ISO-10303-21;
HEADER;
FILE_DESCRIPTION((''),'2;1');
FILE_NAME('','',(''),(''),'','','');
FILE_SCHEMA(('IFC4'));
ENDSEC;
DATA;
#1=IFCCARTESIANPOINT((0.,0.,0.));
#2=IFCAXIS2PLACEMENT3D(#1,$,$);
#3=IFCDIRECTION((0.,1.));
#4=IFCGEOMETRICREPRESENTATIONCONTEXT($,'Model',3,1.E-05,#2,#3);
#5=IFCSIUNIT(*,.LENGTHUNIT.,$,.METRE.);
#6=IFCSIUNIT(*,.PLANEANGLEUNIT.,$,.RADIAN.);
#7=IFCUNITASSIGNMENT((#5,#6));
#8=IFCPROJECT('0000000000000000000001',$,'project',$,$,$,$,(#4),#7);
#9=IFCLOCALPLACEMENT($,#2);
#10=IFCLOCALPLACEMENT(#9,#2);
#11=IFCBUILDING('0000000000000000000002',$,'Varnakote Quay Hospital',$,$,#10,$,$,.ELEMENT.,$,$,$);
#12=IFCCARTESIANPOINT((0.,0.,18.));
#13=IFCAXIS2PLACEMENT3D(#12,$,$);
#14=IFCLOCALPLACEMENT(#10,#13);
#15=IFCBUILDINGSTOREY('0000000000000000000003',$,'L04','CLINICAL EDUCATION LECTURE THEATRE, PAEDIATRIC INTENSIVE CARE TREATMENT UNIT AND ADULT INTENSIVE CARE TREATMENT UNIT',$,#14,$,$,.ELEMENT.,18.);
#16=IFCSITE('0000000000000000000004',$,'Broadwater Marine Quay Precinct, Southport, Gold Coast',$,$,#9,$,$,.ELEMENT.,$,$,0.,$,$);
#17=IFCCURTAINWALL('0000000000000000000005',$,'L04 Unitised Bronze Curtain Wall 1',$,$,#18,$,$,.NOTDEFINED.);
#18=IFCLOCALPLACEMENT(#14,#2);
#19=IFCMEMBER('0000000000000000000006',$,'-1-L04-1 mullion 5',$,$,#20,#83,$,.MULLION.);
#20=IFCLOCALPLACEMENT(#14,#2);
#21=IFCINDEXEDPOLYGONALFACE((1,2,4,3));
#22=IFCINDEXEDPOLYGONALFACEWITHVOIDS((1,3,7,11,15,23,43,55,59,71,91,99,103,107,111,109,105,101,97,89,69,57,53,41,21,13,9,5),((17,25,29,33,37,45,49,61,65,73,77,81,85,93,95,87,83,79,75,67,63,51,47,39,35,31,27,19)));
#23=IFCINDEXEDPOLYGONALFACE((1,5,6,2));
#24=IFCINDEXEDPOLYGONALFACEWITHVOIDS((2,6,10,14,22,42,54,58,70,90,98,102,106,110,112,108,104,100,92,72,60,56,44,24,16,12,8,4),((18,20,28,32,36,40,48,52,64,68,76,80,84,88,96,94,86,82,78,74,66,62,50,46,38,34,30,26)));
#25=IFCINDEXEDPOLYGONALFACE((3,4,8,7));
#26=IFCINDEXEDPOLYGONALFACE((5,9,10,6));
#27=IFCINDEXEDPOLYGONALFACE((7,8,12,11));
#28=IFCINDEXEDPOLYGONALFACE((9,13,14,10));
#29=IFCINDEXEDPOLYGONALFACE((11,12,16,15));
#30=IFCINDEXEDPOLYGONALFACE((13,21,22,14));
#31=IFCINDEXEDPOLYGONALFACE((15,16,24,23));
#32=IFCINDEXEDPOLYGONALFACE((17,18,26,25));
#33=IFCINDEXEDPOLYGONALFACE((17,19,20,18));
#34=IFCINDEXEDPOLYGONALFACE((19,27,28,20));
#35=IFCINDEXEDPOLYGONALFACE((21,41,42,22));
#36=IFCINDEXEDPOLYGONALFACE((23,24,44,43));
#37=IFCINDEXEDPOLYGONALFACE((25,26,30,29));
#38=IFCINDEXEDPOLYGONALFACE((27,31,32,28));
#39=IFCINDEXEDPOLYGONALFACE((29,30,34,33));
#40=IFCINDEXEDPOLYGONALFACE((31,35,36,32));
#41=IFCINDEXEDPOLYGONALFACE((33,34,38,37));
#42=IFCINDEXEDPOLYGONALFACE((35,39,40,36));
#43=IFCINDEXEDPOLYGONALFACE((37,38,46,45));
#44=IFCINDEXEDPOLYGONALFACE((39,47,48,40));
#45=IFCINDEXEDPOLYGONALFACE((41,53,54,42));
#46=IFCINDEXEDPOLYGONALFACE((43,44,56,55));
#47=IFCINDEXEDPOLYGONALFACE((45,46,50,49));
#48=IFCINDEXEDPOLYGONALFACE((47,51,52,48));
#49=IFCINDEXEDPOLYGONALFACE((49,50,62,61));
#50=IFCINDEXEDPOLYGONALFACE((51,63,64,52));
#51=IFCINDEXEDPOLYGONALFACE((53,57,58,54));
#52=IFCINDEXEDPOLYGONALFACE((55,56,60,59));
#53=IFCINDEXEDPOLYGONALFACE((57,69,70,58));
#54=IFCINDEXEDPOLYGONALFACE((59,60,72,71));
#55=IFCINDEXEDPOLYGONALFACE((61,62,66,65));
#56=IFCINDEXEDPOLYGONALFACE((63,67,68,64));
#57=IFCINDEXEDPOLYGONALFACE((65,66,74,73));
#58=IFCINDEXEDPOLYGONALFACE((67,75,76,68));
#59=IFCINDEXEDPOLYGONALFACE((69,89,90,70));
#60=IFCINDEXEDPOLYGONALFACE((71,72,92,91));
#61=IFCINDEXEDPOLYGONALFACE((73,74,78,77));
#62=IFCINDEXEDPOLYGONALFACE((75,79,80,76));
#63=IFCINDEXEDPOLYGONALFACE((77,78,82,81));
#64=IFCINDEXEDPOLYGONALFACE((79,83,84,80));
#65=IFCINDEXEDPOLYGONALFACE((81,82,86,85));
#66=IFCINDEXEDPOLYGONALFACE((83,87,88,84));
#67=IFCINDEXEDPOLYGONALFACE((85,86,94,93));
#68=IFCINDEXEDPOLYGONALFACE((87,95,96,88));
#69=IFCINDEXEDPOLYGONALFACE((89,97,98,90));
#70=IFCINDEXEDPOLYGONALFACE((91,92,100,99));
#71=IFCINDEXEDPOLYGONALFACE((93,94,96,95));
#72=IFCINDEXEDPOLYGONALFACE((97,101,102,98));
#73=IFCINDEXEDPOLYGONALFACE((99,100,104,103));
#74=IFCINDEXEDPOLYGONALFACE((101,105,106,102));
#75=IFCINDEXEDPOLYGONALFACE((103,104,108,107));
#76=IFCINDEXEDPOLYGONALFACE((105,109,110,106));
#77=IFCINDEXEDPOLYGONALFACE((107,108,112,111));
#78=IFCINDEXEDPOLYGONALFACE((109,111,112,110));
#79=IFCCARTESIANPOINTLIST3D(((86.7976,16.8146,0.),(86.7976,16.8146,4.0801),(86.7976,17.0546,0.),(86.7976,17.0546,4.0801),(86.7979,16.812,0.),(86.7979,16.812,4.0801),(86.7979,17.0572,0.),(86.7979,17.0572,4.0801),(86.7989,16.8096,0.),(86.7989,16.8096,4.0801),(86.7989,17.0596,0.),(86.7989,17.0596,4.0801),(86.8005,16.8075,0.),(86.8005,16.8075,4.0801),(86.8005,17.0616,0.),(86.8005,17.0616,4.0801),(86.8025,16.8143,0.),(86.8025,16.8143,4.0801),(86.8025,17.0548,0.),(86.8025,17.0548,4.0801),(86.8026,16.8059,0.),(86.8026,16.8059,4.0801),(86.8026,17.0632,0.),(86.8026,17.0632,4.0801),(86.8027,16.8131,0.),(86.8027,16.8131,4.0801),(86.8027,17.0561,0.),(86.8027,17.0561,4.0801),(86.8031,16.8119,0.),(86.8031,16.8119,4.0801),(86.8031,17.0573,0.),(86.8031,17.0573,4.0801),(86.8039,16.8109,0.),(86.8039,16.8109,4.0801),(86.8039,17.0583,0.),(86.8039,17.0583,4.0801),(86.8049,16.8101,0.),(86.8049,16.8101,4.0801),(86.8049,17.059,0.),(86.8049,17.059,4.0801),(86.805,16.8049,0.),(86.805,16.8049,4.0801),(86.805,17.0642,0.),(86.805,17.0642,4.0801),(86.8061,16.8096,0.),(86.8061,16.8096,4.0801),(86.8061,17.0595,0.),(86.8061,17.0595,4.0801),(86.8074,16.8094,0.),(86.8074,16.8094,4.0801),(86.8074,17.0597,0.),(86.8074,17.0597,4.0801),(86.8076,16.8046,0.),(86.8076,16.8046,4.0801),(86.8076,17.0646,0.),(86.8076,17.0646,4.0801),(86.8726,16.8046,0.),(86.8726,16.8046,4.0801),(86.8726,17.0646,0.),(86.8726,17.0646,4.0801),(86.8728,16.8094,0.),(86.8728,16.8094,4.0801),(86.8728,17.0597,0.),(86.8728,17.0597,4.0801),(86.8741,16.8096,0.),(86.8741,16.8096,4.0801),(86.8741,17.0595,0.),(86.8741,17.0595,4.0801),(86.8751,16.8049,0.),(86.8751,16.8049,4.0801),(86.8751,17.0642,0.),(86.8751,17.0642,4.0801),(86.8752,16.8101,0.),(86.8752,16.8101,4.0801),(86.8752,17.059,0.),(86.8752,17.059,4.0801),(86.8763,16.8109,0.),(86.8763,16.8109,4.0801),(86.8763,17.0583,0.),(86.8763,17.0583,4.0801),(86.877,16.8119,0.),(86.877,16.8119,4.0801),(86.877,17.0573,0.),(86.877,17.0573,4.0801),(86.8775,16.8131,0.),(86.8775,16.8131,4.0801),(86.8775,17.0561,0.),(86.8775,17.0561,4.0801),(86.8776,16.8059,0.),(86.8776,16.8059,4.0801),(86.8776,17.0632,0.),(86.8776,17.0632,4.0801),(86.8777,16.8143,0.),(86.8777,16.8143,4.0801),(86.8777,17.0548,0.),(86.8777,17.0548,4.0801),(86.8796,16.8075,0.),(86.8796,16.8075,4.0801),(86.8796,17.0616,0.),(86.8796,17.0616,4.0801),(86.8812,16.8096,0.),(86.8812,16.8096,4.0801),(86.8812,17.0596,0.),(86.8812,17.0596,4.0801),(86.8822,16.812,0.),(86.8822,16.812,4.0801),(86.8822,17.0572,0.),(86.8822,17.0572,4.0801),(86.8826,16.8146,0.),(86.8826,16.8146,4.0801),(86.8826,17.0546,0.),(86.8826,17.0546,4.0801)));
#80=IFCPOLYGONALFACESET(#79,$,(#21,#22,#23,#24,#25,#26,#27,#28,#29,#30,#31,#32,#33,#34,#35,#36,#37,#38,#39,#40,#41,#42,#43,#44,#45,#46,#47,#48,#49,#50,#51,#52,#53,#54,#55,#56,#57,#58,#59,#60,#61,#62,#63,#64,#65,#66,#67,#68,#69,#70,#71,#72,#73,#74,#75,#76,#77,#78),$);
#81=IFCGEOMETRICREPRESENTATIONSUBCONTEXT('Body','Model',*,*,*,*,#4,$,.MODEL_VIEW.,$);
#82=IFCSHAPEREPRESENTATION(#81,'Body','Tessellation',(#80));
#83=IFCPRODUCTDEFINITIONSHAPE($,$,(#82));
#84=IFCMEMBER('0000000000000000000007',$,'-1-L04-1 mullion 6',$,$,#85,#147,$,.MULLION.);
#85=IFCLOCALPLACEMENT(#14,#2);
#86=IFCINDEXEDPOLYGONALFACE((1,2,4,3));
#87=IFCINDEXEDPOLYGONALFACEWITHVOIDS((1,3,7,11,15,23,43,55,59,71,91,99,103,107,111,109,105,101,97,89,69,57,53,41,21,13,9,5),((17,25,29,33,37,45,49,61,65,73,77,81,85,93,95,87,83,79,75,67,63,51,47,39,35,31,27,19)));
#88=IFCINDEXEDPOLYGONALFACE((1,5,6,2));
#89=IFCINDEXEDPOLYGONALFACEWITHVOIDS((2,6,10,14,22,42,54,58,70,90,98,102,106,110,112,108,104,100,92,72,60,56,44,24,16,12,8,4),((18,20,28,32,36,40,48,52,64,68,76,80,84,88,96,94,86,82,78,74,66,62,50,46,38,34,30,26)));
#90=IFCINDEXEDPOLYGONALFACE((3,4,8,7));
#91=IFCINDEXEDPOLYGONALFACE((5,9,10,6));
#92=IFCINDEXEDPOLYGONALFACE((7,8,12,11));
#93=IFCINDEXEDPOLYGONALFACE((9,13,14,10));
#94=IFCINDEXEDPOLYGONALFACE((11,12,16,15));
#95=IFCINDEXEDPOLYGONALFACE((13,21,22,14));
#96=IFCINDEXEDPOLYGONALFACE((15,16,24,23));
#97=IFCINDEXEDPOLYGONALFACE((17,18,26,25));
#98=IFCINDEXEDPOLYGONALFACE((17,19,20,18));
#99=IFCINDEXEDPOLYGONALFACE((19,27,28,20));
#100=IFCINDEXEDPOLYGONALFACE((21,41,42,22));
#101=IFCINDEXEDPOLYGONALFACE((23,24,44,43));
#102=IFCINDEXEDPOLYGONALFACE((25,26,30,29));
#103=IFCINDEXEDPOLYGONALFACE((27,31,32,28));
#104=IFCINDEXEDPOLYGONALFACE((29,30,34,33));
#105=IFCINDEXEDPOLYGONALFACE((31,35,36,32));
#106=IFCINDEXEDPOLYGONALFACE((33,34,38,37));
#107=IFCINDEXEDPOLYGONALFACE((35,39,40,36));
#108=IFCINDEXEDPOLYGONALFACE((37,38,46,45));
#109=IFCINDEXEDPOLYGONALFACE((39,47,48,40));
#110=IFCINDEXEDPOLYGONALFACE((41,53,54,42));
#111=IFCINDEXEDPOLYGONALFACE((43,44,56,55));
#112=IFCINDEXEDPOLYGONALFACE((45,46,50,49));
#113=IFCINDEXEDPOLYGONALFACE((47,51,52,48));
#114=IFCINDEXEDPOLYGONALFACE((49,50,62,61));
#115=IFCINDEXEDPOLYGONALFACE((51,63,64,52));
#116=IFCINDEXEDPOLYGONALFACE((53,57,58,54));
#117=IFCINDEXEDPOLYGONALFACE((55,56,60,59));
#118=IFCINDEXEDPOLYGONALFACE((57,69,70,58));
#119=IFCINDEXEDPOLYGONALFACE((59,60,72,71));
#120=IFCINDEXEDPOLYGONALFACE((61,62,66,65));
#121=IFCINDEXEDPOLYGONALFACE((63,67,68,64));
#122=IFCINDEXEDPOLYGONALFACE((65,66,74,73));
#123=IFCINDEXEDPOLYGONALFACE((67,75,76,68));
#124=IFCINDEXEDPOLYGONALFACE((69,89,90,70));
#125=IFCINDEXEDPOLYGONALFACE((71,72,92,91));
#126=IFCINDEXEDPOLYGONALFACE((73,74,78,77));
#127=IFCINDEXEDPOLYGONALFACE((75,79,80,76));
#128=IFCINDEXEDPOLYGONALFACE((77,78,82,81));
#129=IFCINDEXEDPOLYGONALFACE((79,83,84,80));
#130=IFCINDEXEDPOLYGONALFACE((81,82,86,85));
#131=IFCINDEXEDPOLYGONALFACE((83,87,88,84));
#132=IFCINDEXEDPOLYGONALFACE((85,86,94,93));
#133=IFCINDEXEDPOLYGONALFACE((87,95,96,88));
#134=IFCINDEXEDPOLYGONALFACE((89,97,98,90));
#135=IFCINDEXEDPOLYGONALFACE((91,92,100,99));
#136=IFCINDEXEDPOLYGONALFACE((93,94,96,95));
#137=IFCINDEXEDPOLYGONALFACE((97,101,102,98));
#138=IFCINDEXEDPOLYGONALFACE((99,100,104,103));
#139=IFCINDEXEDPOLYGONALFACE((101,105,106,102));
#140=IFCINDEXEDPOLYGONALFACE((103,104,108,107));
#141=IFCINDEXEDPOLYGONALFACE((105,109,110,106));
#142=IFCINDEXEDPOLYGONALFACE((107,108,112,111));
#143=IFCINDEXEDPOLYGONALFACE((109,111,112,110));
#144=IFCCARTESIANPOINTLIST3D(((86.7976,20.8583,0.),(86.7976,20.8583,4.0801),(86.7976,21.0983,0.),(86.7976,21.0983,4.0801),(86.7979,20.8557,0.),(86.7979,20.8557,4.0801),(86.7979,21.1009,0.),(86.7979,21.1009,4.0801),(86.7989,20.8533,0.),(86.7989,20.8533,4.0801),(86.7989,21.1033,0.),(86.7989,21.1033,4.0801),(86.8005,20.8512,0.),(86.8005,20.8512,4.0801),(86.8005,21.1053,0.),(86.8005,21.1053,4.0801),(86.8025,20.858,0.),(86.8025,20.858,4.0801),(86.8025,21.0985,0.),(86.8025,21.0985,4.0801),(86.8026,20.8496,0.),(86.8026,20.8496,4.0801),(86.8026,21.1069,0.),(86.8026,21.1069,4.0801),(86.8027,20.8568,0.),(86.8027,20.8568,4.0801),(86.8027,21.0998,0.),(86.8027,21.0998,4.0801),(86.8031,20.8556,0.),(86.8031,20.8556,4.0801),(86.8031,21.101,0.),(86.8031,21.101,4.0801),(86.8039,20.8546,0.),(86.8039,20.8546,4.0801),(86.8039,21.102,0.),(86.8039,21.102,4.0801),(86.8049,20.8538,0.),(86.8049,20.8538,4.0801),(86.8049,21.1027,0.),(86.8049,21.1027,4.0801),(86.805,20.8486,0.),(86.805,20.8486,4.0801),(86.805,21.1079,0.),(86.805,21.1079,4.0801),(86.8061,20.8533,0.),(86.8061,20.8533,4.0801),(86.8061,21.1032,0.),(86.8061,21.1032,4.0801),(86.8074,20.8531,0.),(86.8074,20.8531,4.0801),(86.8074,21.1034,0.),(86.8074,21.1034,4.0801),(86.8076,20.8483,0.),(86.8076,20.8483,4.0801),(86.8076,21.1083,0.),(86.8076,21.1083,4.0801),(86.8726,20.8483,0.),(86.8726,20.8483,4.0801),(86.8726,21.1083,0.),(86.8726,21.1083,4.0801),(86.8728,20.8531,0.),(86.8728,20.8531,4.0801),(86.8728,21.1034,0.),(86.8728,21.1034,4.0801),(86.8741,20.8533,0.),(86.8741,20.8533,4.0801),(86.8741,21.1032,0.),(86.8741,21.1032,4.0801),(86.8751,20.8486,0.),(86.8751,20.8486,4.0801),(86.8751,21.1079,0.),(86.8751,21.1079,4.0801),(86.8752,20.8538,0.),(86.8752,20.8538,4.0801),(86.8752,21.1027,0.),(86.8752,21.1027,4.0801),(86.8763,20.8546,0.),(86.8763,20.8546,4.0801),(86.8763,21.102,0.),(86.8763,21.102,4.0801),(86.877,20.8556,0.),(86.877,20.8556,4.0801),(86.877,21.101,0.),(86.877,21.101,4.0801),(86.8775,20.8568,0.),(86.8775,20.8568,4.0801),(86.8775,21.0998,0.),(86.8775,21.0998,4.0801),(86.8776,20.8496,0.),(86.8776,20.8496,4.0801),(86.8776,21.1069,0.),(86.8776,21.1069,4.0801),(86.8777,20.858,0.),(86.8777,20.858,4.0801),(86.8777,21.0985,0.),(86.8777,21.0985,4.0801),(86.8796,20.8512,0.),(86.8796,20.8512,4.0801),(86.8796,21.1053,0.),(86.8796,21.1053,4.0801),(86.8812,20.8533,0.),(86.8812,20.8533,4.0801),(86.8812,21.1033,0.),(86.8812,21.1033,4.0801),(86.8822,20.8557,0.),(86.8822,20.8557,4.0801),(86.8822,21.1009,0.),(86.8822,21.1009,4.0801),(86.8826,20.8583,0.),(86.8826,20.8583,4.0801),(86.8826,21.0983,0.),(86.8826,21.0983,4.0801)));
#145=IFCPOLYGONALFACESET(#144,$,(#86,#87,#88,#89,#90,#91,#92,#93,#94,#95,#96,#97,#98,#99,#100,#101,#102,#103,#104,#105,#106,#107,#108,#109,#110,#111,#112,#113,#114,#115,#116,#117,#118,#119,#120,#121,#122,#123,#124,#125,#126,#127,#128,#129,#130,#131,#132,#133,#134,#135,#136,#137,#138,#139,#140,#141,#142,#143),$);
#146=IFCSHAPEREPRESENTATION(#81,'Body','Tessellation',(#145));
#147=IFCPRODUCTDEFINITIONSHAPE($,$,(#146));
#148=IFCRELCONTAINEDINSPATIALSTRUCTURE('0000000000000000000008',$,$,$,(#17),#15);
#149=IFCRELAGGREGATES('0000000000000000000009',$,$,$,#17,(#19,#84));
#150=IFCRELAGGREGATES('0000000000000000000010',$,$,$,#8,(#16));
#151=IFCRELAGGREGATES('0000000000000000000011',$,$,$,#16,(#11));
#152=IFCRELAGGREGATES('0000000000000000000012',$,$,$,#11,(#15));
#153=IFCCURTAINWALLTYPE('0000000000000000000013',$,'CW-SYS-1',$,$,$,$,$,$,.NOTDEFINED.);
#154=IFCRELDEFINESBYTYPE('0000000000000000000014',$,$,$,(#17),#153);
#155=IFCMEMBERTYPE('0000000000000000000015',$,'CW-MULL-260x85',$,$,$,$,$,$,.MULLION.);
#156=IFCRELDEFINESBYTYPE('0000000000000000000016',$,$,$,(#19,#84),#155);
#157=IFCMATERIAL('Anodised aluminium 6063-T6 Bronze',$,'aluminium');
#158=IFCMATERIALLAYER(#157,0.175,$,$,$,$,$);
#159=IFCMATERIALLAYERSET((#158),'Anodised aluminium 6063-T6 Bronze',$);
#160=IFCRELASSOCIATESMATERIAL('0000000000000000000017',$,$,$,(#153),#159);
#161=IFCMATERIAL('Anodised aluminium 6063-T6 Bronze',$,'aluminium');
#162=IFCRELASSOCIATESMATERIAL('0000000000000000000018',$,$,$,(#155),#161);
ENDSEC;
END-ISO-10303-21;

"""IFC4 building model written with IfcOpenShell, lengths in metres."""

from ifc_helpers import new_model, si_unit, direction, frame, origin, origin_2d, place, context, subcontext, project, spatial, hollow_rectangle, extrude, material, layer, layer_set, material_profile, profile_set, type_object, element, aggregate, save


model = new_model("IFC4")

# Units and contexts
model_context = context("Model", 3, precision=1e-05, world=origin(), true_north=direction((0.0, 1.0)))
body_context = subcontext(model_context, "Body", "Model", "MODEL_VIEW")
ifc_project = project(units=[si_unit("LENGTHUNIT", "METRE"), si_unit("PLANEANGLEUNIT", "RADIAN")], contexts=[model_context])

# Site, building, storey
site_placement = place(None, origin())
site = spatial("IfcSite", under=ifc_project, at=site_placement, Name="Broadwater Marine Quay Precinct, Southport, Gold Coast", CompositionType="ELEMENT", RefElevation=0.0)
building_placement = place(site_placement, origin())
building = spatial("IfcBuilding", under=site, at=building_placement, Name="Varnakote Quay Hospital", CompositionType="ELEMENT")
storey_placement = place(building_placement, frame((0.0, 0.0, 18.0)))
storey = spatial("IfcBuildingStorey", under=building, at=storey_placement, Name="L04", Description="CLINICAL EDUCATION LECTURE THEATRE, PAEDIATRIC INTENSIVE CARE TREATMENT UNIT AND ADULT INTENSIVE CARE TREATMENT UNIT", CompositionType="ELEMENT", Elevation=18.0)

# Curtain wall, members
ifc_material_1 = material(Name="Anodised aluminium 6063-T6 Bronze", Category="aluminium")
ifc_layer_1 = layer(ifc_material_1, 0.175)
ifc_layer_set_1 = layer_set([ifc_layer_1], Name="Anodised aluminium 6063-T6 Bronze")
curtain_wall_type = type_object("IfcCurtainWallType", Name="CW-SYS-1", PredefinedType="NOTDEFINED", material=ifc_layer_set_1)
curtain_wall_placement = place(storey_placement, origin())
curtain_wall = element("IfcCurtainWall", 1, at=curtain_wall_placement, inside=storey, type_object=curtain_wall_type, Name="L04 Unitised Bronze Curtain Wall 1", PredefinedType="NOTDEFINED")
ifc_material_2 = material(Name="Anodised aluminium 6063-T6 Bronze", Category="aluminium")
ifc_material_profile_1 = material_profile(ifc_material_2, hollow_rectangle(XDim=0.085, YDim=0.26, WallThickness=0.0049, InnerFilletRadius=0.0049, OuterFilletRadius=0.01, at=origin_2d()), Name="CW-MULL-260x85")
ifc_profile_set_1 = profile_set([ifc_material_profile_1], Name="Anodised aluminium 6063-T6 Bronze")
member_type_1 = type_object("IfcMemberType", Name="CW-MULL-260x85", PredefinedType="MULLION", material=ifc_profile_set_1)
member_1_placement = place(storey_placement, frame((86.8401, 16.9346, 0.0), z_axis=(0.0, 0.0, 1.0), x_axis=(-1.0, 0.0, 0.0)))
member_1 = element("IfcMember", 2, at=member_1_placement, type_object=member_type_1, Name="-1-L04-1 mullion 5", PredefinedType="MULLION", context=body_context, shape_type="SweptSolid", body=[
    extrude(hollow_rectangle(XDim=0.085, YDim=0.26, WallThickness=0.0049, InnerFilletRadius=0.0049, OuterFilletRadius=0.01, at=origin_2d()), origin(), (0.0, 0.0, 1.0), 4.0801),
])
member_2_placement = place(storey_placement, frame((86.8401, 20.9783, 0.0), z_axis=(0.0, 0.0, 1.0), x_axis=(-1.0, 0.0, 0.0)))
member_2 = element("IfcMember", 3, at=member_2_placement, type_object=member_type_1, Name="-1-L04-1 mullion 6", PredefinedType="MULLION", context=body_context, shape_type="SweptSolid", body=[
    extrude(hollow_rectangle(XDim=0.085, YDim=0.26, WallThickness=0.0049, InnerFilletRadius=0.0049, OuterFilletRadius=0.01, at=origin_2d()), origin(), (0.0, 0.0, 1.0), 4.0801),
])
aggregate(curtain_wall, [member_1, member_2])

save(model, "model.ifc")
